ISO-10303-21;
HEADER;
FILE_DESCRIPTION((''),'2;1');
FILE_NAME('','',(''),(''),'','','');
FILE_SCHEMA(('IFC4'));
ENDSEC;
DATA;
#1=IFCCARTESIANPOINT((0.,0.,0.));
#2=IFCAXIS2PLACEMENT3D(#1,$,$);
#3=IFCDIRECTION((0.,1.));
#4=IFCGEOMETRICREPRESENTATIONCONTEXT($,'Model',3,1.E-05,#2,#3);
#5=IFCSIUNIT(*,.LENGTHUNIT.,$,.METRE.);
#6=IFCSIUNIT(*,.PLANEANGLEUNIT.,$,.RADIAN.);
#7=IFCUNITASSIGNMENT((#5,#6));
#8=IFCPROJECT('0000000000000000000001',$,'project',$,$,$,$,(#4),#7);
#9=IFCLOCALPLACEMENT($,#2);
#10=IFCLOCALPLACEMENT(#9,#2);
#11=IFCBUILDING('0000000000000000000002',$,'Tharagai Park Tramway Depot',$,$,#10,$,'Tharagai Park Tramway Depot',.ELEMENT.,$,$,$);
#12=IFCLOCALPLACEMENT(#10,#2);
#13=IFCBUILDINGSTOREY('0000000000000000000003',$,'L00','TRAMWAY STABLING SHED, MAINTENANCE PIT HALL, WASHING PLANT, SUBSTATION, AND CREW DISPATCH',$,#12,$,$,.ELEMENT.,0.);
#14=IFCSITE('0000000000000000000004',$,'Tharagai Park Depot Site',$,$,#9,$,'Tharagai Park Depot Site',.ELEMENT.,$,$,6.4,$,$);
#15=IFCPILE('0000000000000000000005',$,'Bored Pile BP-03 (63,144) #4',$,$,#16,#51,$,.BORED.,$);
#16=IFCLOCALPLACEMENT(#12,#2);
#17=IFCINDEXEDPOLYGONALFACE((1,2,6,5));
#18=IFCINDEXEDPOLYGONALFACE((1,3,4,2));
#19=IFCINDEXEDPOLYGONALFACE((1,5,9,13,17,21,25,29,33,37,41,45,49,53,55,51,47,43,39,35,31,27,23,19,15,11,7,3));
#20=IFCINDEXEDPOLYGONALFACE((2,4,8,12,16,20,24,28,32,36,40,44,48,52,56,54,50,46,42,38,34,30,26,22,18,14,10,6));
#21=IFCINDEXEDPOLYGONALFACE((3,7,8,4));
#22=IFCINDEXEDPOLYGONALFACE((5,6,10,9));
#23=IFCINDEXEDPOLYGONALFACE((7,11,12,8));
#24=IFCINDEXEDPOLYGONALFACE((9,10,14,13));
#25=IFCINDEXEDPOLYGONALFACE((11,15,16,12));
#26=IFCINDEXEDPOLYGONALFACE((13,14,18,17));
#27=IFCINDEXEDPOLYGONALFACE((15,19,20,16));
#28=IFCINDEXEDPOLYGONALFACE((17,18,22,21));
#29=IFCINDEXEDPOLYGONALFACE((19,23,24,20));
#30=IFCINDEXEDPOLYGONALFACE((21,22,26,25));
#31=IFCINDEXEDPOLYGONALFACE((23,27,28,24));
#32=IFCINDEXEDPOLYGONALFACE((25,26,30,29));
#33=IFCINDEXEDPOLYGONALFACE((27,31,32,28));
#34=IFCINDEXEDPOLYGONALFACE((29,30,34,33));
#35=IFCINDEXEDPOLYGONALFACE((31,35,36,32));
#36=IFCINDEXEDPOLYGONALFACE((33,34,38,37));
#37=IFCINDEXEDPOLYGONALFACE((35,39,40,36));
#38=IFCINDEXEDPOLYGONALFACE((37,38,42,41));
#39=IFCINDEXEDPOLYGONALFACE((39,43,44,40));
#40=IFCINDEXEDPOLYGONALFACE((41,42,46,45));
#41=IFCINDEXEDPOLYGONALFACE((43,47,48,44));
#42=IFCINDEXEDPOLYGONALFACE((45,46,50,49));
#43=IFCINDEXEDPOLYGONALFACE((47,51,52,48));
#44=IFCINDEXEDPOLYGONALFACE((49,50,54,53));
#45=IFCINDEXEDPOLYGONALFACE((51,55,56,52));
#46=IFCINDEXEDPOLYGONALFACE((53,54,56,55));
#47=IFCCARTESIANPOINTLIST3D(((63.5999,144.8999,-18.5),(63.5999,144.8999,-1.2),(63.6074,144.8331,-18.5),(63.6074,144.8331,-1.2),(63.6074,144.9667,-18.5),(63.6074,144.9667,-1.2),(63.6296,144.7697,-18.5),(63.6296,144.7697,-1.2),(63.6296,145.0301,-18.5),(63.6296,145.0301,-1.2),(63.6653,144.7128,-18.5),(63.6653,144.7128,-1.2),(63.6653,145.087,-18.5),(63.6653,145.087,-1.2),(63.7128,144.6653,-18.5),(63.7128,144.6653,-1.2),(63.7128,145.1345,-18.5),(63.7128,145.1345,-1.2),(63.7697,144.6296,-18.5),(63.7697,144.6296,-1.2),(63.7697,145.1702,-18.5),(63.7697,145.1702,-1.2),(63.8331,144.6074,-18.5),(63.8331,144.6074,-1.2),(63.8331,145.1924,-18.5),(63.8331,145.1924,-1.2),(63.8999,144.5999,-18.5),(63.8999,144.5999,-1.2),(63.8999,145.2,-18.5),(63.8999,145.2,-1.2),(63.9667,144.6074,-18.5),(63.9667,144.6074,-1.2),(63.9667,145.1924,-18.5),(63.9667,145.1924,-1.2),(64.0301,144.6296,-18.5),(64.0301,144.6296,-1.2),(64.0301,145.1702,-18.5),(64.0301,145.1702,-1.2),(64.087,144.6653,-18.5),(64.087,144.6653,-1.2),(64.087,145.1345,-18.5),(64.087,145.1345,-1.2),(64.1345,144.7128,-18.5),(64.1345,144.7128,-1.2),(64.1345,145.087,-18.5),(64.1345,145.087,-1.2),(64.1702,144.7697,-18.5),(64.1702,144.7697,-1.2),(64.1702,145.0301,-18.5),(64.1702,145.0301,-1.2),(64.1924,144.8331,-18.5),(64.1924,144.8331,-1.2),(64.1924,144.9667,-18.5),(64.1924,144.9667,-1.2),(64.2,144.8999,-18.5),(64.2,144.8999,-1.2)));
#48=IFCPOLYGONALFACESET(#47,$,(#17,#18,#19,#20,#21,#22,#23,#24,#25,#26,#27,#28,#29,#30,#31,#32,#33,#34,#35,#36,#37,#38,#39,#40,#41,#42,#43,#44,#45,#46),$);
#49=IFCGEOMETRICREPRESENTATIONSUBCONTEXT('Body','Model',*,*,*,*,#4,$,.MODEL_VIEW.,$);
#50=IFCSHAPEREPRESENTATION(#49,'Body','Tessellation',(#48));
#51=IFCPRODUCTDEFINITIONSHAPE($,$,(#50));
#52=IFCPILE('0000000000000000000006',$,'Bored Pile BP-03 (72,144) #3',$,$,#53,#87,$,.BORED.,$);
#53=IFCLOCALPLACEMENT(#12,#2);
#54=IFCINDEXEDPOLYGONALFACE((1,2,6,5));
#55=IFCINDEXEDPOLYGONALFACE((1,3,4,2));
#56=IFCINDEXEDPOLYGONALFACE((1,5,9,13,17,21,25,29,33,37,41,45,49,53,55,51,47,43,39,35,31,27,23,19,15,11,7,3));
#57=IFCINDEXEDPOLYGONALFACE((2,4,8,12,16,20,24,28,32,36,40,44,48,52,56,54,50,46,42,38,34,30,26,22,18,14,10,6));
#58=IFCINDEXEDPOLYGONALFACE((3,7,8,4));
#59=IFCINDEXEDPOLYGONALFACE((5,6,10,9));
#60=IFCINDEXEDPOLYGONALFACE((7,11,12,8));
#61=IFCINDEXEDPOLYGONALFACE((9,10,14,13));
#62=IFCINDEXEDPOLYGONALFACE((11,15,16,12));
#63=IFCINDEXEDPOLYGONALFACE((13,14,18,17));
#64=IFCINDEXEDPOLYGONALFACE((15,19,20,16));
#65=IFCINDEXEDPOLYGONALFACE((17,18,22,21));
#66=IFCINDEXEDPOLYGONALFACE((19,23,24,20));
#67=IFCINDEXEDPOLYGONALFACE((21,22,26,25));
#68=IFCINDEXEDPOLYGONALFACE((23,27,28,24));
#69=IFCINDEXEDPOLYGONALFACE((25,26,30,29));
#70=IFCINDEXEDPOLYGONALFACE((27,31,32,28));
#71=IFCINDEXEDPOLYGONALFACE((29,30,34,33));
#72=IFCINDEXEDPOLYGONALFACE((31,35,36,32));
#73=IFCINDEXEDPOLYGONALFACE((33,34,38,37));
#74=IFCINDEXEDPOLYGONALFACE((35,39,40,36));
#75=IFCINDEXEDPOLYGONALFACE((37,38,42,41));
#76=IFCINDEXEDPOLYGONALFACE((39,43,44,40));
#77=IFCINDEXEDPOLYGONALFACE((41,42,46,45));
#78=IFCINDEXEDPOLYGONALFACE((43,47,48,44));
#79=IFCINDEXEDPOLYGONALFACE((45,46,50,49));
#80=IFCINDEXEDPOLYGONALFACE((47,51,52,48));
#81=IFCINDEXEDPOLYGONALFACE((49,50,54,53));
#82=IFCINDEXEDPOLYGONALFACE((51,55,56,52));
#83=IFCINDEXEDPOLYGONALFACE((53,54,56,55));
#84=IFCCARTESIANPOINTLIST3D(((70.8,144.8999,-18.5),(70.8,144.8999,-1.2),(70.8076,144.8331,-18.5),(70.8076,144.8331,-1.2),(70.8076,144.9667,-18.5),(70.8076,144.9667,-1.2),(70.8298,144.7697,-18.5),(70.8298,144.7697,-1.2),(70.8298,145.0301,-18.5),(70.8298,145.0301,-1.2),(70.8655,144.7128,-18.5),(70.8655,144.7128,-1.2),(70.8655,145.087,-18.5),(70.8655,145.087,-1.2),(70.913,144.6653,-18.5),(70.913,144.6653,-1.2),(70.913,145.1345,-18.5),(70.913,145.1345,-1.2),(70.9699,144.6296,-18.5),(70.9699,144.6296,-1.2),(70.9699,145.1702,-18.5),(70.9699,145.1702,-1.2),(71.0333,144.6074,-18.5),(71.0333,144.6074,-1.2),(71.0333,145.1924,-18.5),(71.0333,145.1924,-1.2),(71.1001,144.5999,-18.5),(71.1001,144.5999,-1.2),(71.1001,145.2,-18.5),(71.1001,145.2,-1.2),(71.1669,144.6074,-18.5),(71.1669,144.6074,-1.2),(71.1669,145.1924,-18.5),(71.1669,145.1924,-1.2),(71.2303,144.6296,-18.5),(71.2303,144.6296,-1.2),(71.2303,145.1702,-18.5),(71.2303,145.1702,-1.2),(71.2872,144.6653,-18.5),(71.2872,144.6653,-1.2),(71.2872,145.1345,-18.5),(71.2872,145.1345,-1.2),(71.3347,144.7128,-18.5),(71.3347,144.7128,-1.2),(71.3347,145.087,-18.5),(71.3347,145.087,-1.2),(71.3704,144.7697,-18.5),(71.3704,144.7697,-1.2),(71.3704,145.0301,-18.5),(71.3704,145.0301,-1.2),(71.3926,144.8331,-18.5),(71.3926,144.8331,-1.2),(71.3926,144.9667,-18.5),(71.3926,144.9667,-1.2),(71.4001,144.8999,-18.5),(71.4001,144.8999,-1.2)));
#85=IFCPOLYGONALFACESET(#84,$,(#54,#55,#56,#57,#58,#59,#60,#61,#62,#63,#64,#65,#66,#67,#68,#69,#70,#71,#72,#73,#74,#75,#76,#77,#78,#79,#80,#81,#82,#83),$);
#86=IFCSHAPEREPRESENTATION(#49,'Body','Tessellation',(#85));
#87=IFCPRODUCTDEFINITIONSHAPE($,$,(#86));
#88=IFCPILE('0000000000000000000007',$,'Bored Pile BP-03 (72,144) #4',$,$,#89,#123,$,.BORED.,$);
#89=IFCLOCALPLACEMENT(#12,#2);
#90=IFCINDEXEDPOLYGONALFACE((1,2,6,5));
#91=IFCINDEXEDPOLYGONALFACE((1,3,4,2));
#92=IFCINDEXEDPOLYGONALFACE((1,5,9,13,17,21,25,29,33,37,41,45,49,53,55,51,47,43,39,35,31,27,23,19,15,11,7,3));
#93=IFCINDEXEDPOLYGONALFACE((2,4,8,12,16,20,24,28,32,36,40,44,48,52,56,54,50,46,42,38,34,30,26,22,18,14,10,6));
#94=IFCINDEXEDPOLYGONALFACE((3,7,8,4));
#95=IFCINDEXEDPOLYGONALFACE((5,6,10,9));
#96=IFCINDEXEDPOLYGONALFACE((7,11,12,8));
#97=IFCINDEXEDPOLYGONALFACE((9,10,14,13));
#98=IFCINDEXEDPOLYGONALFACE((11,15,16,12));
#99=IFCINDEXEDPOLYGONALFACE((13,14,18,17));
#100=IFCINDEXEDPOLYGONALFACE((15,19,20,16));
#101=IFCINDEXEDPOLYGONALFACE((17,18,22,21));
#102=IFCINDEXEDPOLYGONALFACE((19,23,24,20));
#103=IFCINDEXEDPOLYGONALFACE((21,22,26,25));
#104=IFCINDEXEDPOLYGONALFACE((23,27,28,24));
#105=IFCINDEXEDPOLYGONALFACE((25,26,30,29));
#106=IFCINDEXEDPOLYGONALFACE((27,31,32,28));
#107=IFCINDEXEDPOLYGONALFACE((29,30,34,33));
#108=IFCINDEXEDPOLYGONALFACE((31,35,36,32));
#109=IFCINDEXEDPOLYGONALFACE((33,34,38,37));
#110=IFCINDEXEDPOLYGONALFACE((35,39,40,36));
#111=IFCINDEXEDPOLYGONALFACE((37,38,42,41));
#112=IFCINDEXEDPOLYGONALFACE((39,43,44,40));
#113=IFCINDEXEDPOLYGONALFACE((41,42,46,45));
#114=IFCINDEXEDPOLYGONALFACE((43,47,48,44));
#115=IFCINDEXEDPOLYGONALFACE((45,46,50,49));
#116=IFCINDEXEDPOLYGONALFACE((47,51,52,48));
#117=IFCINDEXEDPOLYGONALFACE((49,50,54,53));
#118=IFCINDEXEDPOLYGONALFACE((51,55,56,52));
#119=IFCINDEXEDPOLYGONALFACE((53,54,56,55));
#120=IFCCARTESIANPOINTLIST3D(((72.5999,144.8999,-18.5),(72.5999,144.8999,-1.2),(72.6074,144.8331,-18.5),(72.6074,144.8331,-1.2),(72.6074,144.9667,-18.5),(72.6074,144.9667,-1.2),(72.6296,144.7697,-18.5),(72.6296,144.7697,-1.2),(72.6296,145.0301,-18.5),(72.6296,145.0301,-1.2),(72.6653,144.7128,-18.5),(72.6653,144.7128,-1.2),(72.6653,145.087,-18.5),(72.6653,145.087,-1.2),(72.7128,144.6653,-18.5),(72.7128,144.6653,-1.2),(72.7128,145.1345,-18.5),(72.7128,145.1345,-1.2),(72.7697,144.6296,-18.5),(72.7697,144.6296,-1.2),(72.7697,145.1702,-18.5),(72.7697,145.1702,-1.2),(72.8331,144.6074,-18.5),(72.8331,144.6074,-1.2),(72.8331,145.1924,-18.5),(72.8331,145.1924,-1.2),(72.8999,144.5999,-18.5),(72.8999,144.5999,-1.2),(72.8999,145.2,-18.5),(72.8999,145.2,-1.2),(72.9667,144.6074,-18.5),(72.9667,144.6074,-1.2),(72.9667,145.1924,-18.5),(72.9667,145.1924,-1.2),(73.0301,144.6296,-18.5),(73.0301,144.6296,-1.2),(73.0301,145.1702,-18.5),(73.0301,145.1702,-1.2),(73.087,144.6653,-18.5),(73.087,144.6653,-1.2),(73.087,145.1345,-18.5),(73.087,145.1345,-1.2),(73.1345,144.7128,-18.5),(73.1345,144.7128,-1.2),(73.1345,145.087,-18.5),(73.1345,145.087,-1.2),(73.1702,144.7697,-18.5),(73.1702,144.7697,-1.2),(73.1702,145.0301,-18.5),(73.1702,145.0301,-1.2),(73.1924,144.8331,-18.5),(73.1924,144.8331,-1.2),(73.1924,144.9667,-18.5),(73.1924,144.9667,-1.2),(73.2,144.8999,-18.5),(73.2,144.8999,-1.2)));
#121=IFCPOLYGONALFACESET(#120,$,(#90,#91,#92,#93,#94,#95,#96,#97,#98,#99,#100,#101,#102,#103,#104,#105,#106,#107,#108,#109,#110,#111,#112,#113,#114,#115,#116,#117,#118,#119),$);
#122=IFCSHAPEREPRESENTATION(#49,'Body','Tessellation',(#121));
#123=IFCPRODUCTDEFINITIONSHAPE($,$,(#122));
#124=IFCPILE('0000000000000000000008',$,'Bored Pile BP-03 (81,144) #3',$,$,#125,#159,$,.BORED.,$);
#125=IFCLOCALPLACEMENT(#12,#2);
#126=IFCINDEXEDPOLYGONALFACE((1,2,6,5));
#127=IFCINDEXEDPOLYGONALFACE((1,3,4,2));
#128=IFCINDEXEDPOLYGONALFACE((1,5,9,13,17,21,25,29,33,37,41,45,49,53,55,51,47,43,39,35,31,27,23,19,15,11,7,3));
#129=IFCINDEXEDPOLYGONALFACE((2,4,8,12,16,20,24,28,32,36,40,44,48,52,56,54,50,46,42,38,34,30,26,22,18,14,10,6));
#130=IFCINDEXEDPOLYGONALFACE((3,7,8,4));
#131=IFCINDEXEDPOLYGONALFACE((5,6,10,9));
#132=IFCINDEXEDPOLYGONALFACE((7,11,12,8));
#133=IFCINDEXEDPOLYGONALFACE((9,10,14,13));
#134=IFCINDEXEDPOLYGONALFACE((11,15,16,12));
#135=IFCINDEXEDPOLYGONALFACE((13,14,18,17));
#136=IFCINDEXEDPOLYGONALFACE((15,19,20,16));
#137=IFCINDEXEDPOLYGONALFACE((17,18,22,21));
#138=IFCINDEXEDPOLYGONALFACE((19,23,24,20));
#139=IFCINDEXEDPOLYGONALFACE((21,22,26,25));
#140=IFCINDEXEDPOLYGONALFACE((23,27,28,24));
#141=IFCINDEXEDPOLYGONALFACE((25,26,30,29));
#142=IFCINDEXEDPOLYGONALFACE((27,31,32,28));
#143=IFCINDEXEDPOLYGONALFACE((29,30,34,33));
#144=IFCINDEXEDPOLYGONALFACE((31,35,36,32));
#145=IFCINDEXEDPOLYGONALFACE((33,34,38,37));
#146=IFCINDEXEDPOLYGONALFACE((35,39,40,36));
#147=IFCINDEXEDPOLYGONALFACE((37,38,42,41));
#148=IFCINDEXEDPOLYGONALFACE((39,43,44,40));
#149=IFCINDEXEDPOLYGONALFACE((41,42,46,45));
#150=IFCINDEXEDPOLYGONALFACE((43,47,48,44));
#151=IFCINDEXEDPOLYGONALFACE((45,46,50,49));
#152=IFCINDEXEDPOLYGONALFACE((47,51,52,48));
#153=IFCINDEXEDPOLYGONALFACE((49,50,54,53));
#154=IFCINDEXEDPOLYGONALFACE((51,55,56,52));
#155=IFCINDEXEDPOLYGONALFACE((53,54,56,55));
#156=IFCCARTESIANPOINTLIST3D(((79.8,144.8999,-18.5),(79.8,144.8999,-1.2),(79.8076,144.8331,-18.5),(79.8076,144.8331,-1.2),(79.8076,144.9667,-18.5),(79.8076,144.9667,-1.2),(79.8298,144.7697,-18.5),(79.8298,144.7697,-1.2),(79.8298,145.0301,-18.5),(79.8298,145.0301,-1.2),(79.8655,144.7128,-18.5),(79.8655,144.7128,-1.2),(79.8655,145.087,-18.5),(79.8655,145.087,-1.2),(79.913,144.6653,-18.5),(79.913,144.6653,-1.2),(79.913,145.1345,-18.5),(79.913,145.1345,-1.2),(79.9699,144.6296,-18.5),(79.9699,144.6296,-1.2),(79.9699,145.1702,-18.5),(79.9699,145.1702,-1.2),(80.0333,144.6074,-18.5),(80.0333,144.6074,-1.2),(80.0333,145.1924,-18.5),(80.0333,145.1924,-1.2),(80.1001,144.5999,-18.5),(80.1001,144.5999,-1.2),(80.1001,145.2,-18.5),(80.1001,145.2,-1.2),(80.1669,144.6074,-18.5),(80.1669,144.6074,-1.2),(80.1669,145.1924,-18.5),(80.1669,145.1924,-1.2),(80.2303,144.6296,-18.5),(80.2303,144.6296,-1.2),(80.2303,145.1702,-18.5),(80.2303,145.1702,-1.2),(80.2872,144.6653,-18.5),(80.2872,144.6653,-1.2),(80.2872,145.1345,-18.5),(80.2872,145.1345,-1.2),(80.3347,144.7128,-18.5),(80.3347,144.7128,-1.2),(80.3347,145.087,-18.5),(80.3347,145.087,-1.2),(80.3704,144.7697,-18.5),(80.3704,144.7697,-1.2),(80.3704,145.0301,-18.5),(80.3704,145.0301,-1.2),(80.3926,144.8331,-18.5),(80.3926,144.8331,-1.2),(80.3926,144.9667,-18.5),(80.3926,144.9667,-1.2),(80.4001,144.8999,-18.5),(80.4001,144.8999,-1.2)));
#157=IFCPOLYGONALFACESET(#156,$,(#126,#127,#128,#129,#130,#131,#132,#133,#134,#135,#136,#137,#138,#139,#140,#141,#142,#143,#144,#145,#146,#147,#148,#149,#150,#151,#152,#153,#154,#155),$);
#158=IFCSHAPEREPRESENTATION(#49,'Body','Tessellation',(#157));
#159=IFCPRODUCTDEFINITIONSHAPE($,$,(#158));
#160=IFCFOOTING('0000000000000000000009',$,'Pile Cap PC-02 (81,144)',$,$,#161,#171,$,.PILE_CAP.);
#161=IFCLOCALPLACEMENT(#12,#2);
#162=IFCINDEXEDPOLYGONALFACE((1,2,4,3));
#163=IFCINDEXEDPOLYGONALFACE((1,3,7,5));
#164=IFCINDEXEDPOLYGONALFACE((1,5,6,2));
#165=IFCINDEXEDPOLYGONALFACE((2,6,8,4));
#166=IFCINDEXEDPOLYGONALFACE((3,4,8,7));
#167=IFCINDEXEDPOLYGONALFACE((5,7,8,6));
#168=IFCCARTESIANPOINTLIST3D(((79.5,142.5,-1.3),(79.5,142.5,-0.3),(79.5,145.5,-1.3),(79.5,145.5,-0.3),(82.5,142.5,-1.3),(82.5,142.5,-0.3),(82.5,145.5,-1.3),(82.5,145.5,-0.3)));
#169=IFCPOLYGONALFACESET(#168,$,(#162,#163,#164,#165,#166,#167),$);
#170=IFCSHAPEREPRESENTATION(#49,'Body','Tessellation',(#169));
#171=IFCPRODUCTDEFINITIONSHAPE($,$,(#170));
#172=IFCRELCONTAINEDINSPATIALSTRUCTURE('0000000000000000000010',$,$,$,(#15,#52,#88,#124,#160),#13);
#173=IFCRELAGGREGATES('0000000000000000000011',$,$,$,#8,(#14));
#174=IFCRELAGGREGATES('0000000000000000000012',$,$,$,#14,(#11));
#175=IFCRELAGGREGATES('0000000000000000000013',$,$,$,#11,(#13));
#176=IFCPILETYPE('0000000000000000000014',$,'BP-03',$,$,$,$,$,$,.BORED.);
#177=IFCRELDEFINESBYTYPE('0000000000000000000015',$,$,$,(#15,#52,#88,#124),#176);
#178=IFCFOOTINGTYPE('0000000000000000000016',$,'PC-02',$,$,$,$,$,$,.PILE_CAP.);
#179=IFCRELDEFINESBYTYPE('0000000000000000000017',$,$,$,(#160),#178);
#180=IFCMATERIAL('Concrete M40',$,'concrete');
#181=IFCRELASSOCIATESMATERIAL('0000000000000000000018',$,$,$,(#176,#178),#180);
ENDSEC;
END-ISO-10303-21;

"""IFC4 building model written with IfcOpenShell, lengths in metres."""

from ifc_helpers import new_model, si_unit, direction, frame, origin, origin_2d, place, context, subcontext, project, spatial, rectangle, circle, extrude, material, material_profile, profile_set, type_object, element, save


model = new_model("IFC4")

# Units and contexts
model_context = context("Model", 3, precision=1e-05, world=origin(), true_north=direction((0.0, 1.0)))
body_context = subcontext(model_context, "Body", "Model", "MODEL_VIEW")
ifc_project = project(units=[si_unit("LENGTHUNIT", "METRE"), si_unit("PLANEANGLEUNIT", "RADIAN")], contexts=[model_context])

# Site, building, storey
site_placement = place(None, origin())
site = spatial("IfcSite", under=ifc_project, at=site_placement, Name="Tharagai Park Depot Site", LongName="Tharagai Park Depot Site", CompositionType="ELEMENT", RefElevation=6.4)
building_placement = place(site_placement, origin())
building = spatial("IfcBuilding", under=site, at=building_placement, Name="Tharagai Park Tramway Depot", LongName="Tharagai Park Tramway Depot", CompositionType="ELEMENT")
storey_placement = place(building_placement, origin())
storey = spatial("IfcBuildingStorey", under=building, at=storey_placement, Name="L00", Description="TRAMWAY STABLING SHED, MAINTENANCE PIT HALL, WASHING PLANT, SUBSTATION, AND CREW DISPATCH", CompositionType="ELEMENT", Elevation=0.0)

# Piles
ifc_material_1 = material(Name="Concrete M40", Category="concrete")
ifc_material_profile_1 = material_profile(ifc_material_1, circle(Radius=0.3, at=origin_2d()), Name="PILE D600")
ifc_profile_set_1 = profile_set([ifc_material_profile_1], Name="Concrete M40")
pile_type = type_object("IfcPileType", Name="BP-03", PredefinedType="BORED", material=ifc_profile_set_1)
for number, where, z_axis, x_axis, name in (
    (1, (63.8999, 144.8999, -1.2), (0.0, 0.0, -1.0), (1.0, 0.0, 0.0), "Bored Pile BP-03 (63,144) #4"),
    (2, (71.1001, 144.8999, -1.2), (0.0, 0.0, -1.0), (1.0, 0.0, 0.0), "Bored Pile BP-03 (72,144) #3"),
    (3, (72.8999, 144.8999, -1.2), (0.0, 0.0, -1.0), (1.0, 0.0, 0.0), "Bored Pile BP-03 (72,144) #4"),
    (4, (80.1001, 144.8999, -1.2), (0.0, 0.0, -1.0), (1.0, 0.0, 0.0), "Bored Pile BP-03 (81,144) #3"),
):
    element("IfcPile", number, at=place(storey_placement, frame(where, z_axis=z_axis, x_axis=x_axis)), inside=storey, type_object=pile_type, Name=name, PredefinedType="BORED", context=body_context, shape_type="SweptSolid", body=[
        extrude(circle(Radius=0.3, at=origin_2d()), origin(), (0.0, 0.0, 1.0), 17.3),
    ])

# Footing
footing_type = type_object("IfcFootingType", Name="PC-02", PredefinedType="PILE_CAP", material=ifc_material_1)
footing_placement = place(storey_placement, frame((81.0, 144.0, -1.3), z_axis=(0.0, 0.0, 1.0), x_axis=(1.0, 0.0, 0.0)))
element("IfcFooting", 5, at=footing_placement, inside=storey, type_object=footing_type, Name="Pile Cap PC-02 (81,144)", PredefinedType="PILE_CAP", context=body_context, shape_type="SweptSolid", body=[
    extrude(rectangle(XDim=3.0, YDim=3.0, at=origin_2d()), origin(), (0.0, 0.0, 1.0), 1.0),
])

save(model, "model.ifc")
